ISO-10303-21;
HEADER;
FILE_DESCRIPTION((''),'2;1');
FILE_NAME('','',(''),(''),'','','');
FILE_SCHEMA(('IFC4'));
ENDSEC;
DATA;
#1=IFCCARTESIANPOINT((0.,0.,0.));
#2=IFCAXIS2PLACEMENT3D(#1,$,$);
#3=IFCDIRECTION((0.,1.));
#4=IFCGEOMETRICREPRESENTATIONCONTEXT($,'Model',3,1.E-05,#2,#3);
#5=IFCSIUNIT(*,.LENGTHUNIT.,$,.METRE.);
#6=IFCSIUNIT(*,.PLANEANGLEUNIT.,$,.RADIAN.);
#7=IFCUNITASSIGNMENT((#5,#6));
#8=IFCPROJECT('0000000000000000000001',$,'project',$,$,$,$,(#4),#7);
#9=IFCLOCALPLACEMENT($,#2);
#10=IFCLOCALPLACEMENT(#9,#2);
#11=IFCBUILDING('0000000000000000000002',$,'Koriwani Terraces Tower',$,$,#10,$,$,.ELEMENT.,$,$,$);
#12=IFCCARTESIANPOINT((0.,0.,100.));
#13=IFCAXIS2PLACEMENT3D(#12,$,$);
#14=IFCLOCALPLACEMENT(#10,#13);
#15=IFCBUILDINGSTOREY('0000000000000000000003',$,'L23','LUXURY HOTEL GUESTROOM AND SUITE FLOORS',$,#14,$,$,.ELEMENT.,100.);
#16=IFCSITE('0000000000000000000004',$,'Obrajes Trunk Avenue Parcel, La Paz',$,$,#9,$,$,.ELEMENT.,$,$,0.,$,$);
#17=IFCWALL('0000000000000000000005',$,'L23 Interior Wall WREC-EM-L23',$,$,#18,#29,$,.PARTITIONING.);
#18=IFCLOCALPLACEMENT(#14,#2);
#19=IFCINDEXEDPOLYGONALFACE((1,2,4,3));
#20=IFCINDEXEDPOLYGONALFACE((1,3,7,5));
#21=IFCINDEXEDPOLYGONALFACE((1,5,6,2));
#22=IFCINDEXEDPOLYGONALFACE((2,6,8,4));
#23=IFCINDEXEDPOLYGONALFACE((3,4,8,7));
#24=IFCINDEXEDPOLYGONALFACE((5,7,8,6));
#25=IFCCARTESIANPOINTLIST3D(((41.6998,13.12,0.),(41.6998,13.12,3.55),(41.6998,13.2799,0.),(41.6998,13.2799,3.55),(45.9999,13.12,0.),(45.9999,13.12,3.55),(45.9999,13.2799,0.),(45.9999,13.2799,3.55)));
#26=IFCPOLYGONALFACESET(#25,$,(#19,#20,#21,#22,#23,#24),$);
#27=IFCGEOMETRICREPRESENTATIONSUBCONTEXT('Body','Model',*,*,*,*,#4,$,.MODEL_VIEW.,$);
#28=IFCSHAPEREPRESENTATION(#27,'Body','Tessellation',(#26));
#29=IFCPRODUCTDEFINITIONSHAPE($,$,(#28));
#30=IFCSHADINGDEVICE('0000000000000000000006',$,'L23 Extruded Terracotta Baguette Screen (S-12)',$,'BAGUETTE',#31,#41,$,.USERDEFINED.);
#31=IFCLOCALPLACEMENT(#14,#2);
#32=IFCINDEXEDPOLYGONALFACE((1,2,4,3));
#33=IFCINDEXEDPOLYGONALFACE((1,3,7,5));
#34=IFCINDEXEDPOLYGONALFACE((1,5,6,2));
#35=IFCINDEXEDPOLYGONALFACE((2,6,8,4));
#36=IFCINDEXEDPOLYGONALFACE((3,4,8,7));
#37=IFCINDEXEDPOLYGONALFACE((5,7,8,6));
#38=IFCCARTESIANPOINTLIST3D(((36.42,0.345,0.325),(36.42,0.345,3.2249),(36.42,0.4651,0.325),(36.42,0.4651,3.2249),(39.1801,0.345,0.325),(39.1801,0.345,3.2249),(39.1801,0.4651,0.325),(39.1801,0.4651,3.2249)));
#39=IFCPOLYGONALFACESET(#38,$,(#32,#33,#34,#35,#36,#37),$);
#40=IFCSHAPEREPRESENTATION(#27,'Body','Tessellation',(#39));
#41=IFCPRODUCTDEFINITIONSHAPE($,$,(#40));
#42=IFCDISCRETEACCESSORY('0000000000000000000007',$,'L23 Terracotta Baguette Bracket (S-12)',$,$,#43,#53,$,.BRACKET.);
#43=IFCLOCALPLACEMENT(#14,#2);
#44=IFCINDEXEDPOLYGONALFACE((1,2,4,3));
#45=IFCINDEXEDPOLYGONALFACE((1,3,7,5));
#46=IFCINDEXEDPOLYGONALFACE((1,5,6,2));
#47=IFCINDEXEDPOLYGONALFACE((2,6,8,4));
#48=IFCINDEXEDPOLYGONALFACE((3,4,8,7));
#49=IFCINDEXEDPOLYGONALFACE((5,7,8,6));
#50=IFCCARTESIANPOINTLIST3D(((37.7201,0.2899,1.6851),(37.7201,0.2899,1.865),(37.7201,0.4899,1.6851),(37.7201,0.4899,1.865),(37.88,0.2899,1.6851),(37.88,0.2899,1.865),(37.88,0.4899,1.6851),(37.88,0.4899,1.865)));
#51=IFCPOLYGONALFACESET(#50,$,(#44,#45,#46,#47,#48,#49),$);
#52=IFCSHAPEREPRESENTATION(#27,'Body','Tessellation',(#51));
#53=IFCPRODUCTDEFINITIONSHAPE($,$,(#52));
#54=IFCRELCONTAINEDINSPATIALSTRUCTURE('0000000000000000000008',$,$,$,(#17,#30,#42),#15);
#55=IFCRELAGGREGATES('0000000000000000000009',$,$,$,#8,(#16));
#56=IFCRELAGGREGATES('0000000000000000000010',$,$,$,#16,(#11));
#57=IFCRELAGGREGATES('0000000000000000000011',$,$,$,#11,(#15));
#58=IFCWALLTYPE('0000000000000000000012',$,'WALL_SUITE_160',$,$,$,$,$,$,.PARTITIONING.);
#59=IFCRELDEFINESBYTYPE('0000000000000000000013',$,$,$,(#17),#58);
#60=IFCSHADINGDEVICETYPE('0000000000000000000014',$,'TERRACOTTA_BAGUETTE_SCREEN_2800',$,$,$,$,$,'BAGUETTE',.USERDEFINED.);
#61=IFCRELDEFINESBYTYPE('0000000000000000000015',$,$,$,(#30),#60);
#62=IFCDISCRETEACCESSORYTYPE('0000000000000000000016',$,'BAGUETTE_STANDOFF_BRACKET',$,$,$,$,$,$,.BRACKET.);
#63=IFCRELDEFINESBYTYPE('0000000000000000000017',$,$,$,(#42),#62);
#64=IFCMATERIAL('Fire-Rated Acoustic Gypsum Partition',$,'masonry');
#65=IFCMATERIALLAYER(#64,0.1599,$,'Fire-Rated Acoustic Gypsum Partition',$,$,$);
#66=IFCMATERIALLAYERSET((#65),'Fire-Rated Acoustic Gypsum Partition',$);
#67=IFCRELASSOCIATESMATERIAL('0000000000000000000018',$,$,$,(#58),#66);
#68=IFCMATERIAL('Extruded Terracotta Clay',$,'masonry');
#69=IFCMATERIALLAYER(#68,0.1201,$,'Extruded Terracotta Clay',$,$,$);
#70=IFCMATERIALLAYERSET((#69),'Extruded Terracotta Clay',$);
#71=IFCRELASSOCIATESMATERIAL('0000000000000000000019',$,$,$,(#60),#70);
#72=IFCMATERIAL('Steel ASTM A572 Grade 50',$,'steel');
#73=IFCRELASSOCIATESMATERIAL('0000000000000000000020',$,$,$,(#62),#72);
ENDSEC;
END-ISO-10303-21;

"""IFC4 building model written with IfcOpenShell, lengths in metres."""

from ifc_helpers import new_model, si_unit, direction, frame, frame_2d, origin, origin_2d, place, context, subcontext, project, spatial, rectangle, extrude, material, layer, layer_set, type_object, element, save


model = new_model("IFC4")

# Units and contexts
model_context = context("Model", 3, precision=1e-05, world=origin(), true_north=direction((0.0, 1.0)))
body_context = subcontext(model_context, "Body", "Model", "MODEL_VIEW")
ifc_project = project(units=[si_unit("LENGTHUNIT", "METRE"), si_unit("PLANEANGLEUNIT", "RADIAN")], contexts=[model_context])

# Site, building, storey
site_placement = place(None, origin())
site = spatial("IfcSite", under=ifc_project, at=site_placement, Name="Obrajes Trunk Avenue Parcel, La Paz", CompositionType="ELEMENT", RefElevation=0.0)
building_placement = place(site_placement, origin())
building = spatial("IfcBuilding", under=site, at=building_placement, Name="Koriwani Terraces Tower", CompositionType="ELEMENT")
storey_placement = place(building_placement, frame((0.0, 0.0, 100.0)))
storey = spatial("IfcBuildingStorey", under=building, at=storey_placement, Name="L23", Description="LUXURY HOTEL GUESTROOM AND SUITE FLOORS", CompositionType="ELEMENT", Elevation=100.0)

# Shared definitions
ifc_material_1 = material(Name="Steel ASTM A572 Grade 50", Category="steel")

# Wall
ifc_material_2 = material(Name="Fire-Rated Acoustic Gypsum Partition", Category="masonry")
ifc_layer_1 = layer(ifc_material_2, 0.1599, Name="Fire-Rated Acoustic Gypsum Partition")
ifc_layer_set_1 = layer_set([ifc_layer_1], Name="Fire-Rated Acoustic Gypsum Partition")
wall_type_1 = type_object("IfcWallType", Name="WALL_SUITE_160", PredefinedType="PARTITIONING", material=ifc_layer_set_1)
wall_1_placement = place(storey_placement, frame((41.7, 13.2, 0.0), z_axis=(0.0, 0.0, 1.0), x_axis=(1.0, 0.0, 0.0)))
element("IfcWall", 1, at=wall_1_placement, inside=storey, type_object=wall_type_1, Name="L23 Interior Wall WREC-EM-L23", PredefinedType="PARTITIONING", context=body_context, shape_type="SweptSolid", body=[
    extrude(rectangle(XDim=4.3, YDim=0.1599, at=frame_2d((2.1499, 0.0))), origin(), (0.0, 0.0, 1.0), 3.55),
])

# Shading device
ifc_material_3 = material(Name="Extruded Terracotta Clay", Category="masonry")
ifc_layer_2 = layer(ifc_material_3, 0.1201, Name="Extruded Terracotta Clay")
ifc_layer_set_2 = layer_set([ifc_layer_2], Name="Extruded Terracotta Clay")
shading_device_type = type_object("IfcShadingDeviceType", Name="TERRACOTTA_BAGUETTE_SCREEN_2800", ElementType="BAGUETTE", PredefinedType="USERDEFINED", material=ifc_layer_set_2)
shading_device_placement = place(storey_placement, frame((37.8, 0.405, 0.325), z_axis=(0.0, 0.0, 1.0), x_axis=(-1.0, 0.0, 0.0)))
element("IfcShadingDevice", 2, at=shading_device_placement, inside=storey, type_object=shading_device_type, Name="L23 Extruded Terracotta Baguette Screen (S-12)", ObjectType="BAGUETTE", PredefinedType="USERDEFINED", context=body_context, shape_type="SweptSolid", body=[
    extrude(rectangle(XDim=2.76, YDim=0.1201, at=origin_2d()), origin(), (0.0, 0.0, 1.0), 2.8999),
])

# Discrete accessory
discrete_accessory_type = type_object("IfcDiscreteAccessoryType", Name="BAGUETTE_STANDOFF_BRACKET", PredefinedType="BRACKET", material=ifc_material_1)
discrete_accessory_placement = place(storey_placement, frame((37.8, 0.3899, 1.6851), z_axis=(0.0, 0.0, 1.0), x_axis=(-1.0, 0.0, 0.0)))
element("IfcDiscreteAccessory", 3, at=discrete_accessory_placement, inside=storey, type_object=discrete_accessory_type, Name="L23 Terracotta Baguette Bracket (S-12)", PredefinedType="BRACKET", context=body_context, shape_type="SweptSolid", body=[
    extrude(rectangle(XDim=0.1599, YDim=0.2, at=origin_2d()), origin(), (0.0, 0.0, 1.0), 0.1799),
])

save(model, "model.ifc")
